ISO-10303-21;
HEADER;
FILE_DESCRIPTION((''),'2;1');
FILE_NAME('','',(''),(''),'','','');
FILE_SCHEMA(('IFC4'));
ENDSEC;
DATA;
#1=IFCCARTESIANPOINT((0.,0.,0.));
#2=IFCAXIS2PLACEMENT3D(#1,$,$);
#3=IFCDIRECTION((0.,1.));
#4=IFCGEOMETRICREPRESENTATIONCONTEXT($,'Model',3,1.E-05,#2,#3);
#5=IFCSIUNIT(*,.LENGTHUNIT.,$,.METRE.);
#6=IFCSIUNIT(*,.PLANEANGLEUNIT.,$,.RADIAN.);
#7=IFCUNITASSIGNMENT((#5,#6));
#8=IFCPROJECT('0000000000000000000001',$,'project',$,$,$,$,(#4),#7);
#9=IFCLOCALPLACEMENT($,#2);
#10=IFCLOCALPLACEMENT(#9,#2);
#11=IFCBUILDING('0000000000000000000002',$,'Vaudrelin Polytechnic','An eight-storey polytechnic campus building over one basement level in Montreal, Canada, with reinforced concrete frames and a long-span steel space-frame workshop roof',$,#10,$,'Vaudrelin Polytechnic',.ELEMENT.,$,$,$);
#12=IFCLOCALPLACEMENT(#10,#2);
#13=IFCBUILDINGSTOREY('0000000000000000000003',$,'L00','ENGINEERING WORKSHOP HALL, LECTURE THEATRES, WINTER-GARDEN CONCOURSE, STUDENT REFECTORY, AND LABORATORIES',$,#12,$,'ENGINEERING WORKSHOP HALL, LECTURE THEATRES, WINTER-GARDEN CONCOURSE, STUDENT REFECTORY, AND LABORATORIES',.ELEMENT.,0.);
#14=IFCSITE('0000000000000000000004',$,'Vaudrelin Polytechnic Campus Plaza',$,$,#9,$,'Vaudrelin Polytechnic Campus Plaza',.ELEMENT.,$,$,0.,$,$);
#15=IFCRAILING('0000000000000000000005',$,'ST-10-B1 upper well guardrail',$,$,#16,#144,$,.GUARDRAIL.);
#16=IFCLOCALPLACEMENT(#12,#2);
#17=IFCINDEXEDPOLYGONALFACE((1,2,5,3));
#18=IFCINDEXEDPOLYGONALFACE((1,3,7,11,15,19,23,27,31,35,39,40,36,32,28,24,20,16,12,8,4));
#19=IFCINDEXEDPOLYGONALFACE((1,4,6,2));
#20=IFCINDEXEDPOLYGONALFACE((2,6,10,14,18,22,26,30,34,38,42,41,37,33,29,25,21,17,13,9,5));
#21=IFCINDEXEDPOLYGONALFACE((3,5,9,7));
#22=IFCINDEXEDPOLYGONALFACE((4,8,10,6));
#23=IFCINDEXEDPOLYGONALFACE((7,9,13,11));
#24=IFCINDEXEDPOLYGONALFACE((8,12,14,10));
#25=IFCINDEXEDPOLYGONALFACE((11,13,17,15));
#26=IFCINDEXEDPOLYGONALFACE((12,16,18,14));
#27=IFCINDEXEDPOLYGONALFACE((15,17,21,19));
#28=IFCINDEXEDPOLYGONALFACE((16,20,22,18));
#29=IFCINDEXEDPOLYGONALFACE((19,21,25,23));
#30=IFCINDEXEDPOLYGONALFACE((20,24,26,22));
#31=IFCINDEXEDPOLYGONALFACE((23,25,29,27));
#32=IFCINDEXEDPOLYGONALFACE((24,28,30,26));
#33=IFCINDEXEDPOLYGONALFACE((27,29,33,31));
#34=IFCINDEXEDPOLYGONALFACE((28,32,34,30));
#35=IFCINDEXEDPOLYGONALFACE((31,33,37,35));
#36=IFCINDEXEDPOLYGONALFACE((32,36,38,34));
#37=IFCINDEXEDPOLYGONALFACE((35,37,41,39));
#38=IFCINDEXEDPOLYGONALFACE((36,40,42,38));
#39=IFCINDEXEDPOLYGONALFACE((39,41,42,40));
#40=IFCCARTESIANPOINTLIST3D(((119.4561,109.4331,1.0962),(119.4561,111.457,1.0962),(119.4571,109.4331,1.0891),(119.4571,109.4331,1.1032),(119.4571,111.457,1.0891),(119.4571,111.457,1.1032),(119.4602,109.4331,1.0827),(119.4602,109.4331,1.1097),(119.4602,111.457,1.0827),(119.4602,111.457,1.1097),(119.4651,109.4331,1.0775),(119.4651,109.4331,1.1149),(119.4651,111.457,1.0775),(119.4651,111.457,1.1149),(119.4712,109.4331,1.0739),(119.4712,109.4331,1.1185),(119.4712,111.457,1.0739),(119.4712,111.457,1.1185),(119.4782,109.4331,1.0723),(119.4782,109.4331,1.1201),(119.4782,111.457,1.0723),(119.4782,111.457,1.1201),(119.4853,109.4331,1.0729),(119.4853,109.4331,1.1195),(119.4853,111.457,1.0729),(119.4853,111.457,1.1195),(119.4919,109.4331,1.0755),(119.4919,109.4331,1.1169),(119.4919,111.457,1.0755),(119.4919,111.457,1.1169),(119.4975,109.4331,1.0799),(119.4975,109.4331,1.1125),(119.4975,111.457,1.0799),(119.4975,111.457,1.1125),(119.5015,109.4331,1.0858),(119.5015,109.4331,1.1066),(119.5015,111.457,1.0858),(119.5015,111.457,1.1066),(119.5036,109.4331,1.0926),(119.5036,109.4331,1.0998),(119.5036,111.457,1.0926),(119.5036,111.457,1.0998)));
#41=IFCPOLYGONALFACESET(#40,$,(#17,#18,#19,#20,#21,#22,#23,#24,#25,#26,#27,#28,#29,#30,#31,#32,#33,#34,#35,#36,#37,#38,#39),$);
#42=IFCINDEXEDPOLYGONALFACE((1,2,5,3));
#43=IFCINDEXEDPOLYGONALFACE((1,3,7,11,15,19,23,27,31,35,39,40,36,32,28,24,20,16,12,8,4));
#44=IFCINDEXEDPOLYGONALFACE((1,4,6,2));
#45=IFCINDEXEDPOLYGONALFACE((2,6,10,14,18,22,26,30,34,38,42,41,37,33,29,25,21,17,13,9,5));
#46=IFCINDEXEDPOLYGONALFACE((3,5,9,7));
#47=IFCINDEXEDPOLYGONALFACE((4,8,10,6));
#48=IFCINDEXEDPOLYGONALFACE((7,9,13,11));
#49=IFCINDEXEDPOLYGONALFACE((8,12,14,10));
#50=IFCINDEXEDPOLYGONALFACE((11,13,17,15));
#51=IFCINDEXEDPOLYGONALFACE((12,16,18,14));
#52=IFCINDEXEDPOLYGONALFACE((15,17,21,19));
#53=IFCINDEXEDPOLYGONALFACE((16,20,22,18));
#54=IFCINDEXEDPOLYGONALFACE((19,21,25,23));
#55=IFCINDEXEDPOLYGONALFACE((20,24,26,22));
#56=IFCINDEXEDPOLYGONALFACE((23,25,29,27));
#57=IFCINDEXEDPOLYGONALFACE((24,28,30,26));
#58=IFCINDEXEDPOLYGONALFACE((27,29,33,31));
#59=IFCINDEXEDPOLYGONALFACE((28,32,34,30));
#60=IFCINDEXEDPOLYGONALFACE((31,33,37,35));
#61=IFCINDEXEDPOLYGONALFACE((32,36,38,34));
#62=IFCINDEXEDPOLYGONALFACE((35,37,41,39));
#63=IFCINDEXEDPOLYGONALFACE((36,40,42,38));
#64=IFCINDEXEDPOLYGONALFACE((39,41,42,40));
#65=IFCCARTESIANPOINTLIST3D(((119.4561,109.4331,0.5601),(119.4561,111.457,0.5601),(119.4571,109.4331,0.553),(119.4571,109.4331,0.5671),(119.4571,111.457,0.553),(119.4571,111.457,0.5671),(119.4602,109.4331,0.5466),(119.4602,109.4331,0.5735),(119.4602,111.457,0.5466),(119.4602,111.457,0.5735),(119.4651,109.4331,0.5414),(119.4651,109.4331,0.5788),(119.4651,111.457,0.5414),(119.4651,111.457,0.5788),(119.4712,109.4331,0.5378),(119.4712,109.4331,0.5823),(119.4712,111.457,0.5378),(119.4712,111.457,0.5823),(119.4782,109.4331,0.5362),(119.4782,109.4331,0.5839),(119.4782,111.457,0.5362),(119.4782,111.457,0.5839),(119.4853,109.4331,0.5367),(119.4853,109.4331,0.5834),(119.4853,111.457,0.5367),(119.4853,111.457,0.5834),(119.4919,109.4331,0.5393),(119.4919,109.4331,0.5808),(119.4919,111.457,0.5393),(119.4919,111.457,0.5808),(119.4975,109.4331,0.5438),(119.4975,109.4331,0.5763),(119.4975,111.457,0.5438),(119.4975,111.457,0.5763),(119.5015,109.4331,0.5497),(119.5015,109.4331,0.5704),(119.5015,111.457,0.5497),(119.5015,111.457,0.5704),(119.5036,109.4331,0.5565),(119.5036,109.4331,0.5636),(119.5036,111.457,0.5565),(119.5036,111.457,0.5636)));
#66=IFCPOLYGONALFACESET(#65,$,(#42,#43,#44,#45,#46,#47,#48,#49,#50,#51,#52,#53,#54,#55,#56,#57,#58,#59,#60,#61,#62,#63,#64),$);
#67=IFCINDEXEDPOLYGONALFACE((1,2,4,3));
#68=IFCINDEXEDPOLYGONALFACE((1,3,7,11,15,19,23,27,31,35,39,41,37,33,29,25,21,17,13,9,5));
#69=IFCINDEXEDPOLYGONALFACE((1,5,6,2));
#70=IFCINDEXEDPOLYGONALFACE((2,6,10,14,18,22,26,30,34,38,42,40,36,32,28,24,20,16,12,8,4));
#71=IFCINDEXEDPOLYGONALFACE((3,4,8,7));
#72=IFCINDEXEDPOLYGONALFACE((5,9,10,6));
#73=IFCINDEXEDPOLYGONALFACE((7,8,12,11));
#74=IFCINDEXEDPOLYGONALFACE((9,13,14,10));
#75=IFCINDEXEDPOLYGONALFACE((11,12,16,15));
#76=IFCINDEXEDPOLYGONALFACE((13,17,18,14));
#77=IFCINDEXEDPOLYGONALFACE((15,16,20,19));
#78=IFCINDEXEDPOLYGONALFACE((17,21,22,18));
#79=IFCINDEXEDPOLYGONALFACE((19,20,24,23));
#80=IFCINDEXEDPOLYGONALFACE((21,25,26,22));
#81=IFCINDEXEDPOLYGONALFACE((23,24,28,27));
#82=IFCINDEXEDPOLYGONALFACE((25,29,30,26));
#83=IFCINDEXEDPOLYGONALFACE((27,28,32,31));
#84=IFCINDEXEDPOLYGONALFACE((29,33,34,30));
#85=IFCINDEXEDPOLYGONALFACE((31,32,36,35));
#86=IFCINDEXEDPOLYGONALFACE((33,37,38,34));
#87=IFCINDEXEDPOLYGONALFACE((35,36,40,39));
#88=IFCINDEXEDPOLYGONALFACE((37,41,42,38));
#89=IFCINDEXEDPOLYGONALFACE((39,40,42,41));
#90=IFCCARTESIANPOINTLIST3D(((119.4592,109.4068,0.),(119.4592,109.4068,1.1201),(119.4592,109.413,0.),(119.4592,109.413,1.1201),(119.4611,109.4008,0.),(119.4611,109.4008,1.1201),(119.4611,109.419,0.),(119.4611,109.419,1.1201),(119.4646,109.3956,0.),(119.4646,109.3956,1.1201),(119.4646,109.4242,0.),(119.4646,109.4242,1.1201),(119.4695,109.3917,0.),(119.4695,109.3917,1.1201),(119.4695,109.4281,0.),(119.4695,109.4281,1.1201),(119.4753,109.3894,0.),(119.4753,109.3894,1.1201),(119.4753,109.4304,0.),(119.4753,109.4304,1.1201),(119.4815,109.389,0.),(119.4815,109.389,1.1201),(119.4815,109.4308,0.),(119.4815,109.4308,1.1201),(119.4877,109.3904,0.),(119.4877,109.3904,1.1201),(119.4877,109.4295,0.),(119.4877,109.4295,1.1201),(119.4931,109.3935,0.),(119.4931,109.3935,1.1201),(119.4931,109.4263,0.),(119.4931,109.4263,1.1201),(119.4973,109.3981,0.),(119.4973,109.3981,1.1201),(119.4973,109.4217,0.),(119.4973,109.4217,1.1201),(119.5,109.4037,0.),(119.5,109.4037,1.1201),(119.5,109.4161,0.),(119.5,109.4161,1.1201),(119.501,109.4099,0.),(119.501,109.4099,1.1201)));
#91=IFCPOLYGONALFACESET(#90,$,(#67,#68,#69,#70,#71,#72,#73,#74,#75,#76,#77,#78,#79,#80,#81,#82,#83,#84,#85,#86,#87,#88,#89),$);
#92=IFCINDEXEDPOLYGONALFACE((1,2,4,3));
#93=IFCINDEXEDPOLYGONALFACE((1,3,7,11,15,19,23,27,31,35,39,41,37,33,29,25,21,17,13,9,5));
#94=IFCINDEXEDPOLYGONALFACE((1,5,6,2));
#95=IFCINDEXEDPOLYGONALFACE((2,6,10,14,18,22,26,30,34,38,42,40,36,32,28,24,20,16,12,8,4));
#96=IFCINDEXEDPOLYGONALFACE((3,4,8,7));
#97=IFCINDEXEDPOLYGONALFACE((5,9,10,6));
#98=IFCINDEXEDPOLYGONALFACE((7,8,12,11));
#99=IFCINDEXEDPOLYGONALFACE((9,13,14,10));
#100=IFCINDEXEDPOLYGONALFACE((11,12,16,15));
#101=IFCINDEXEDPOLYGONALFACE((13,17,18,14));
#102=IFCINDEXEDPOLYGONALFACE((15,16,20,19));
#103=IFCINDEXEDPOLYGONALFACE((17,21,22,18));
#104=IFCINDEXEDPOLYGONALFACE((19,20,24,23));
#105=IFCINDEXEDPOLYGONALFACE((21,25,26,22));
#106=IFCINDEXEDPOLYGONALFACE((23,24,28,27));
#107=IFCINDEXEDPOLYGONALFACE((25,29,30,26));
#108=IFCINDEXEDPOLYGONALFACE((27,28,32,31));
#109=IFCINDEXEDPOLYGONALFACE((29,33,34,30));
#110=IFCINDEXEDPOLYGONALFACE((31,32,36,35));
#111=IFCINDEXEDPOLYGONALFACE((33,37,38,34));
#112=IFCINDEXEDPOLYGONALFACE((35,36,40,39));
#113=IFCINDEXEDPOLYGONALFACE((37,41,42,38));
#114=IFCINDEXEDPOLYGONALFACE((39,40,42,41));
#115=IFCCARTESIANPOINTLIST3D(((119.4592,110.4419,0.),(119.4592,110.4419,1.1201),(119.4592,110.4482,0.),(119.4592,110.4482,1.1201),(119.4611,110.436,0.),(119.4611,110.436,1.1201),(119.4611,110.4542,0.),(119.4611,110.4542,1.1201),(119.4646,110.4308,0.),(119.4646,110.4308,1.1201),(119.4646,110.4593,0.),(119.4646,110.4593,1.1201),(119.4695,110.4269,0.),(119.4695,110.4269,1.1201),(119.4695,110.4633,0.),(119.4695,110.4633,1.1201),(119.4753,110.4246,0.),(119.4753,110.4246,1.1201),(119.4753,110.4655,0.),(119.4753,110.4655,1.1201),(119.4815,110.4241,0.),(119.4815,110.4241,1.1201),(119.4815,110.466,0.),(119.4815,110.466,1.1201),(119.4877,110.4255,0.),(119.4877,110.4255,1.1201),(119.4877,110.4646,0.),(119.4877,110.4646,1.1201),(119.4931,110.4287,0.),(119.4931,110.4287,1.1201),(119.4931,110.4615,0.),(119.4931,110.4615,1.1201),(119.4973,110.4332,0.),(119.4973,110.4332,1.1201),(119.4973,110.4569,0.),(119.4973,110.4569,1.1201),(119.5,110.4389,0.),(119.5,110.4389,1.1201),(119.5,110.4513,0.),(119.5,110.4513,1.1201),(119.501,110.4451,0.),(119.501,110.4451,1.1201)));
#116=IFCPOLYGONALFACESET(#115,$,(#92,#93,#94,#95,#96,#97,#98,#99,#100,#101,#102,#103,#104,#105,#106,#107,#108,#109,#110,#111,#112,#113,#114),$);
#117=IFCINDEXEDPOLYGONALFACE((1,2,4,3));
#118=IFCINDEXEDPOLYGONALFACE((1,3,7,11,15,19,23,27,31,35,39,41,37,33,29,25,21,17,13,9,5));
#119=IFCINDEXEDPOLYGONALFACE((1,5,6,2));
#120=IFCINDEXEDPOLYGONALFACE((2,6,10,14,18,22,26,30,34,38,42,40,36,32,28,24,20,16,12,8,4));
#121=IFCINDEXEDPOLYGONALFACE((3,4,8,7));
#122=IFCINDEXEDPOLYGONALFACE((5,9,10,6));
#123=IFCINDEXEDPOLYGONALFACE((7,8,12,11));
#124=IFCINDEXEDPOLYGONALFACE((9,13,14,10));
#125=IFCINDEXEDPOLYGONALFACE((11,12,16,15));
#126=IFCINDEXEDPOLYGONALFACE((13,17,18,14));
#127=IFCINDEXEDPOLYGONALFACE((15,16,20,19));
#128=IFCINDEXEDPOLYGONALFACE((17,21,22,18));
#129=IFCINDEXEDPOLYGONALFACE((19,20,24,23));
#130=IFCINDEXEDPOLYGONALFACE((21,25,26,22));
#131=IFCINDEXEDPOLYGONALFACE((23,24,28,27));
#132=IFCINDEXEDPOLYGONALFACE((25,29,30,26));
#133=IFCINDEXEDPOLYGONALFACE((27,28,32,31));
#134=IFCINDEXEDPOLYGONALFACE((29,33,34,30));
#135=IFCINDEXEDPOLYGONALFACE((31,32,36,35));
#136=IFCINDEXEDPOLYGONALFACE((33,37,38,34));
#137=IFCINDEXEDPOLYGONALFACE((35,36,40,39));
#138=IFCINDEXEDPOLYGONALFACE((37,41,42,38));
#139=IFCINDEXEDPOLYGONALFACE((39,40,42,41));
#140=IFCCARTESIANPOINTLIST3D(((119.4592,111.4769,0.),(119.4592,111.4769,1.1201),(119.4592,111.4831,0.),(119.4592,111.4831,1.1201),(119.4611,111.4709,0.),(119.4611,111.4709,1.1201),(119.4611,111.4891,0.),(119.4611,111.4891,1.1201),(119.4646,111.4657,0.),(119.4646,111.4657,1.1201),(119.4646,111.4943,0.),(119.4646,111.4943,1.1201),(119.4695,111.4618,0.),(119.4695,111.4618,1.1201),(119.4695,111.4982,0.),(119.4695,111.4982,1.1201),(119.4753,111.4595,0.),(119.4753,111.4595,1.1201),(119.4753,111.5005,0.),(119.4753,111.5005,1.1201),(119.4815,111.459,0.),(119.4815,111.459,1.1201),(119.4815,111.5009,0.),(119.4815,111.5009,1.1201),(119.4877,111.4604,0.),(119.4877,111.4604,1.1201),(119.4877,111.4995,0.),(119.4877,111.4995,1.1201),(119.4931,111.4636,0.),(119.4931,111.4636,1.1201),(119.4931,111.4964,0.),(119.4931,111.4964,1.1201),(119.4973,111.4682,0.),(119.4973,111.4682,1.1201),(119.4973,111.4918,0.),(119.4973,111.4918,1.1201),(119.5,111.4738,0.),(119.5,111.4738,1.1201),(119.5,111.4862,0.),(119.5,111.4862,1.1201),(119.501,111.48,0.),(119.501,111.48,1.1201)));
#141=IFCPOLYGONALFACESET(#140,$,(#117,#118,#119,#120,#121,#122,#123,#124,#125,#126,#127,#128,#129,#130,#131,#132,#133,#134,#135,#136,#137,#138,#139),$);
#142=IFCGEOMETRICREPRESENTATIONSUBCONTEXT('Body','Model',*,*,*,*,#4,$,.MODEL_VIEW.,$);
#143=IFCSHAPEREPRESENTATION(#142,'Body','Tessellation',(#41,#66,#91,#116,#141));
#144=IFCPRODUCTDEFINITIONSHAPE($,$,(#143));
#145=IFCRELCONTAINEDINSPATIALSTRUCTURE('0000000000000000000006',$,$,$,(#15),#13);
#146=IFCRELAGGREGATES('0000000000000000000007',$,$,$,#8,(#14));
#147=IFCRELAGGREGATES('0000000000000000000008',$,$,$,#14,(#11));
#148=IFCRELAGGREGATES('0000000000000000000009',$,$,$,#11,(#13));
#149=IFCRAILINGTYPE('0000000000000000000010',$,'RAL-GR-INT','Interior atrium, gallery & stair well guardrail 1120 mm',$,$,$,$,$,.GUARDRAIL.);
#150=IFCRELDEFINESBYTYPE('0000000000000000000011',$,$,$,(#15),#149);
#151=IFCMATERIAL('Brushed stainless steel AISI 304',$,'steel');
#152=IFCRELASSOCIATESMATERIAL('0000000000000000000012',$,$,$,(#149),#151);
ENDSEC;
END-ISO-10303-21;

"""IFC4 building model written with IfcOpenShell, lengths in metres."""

from ifc_helpers import new_model, si_unit, direction, frame, origin, origin_2d, place, context, subcontext, project, spatial, circle, extrude, material, type_object, element, save


model = new_model("IFC4")

# Units and contexts
model_context = context("Model", 3, precision=1e-05, world=origin(), true_north=direction((0.0, 1.0)))
body_context = subcontext(model_context, "Body", "Model", "MODEL_VIEW")
ifc_project = project(units=[si_unit("LENGTHUNIT", "METRE"), si_unit("PLANEANGLEUNIT", "RADIAN")], contexts=[model_context])

# Site, building, storey
site_placement = place(None, origin())
site = spatial("IfcSite", under=ifc_project, at=site_placement, Name="Vaudrelin Polytechnic Campus Plaza", LongName="Vaudrelin Polytechnic Campus Plaza", CompositionType="ELEMENT", RefElevation=0.0)
building_placement = place(site_placement, origin())
building = spatial("IfcBuilding", under=site, at=building_placement, Name="Vaudrelin Polytechnic", Description="An eight-storey polytechnic campus building over one basement level in Montreal, Canada, with reinforced concrete frames and a long-span steel space-frame workshop roof", LongName="Vaudrelin Polytechnic", CompositionType="ELEMENT")
storey_placement = place(building_placement, origin())
storey = spatial("IfcBuildingStorey", under=building, at=storey_placement, Name="L00", Description="ENGINEERING WORKSHOP HALL, LECTURE THEATRES, WINTER-GARDEN CONCOURSE, STUDENT REFECTORY, AND LABORATORIES", LongName="ENGINEERING WORKSHOP HALL, LECTURE THEATRES, WINTER-GARDEN CONCOURSE, STUDENT REFECTORY, AND LABORATORIES", CompositionType="ELEMENT", Elevation=0.0)

# Railing
ifc_material_1 = material(Name="Brushed stainless steel AISI 304", Category="steel")
railing_type_1 = type_object("IfcRailingType", Name="RAL-GR-INT", Description="Interior atrium, gallery & stair well guardrail 1120 mm", PredefinedType="GUARDRAIL", material=ifc_material_1)
railing_1_placement = place(storey_placement, frame((119.48, 109.4099, 0.0)))
element("IfcRailing", 1, at=railing_1_placement, inside=storey, type_object=railing_type_1, Name="ST-10-B1 upper well guardrail", PredefinedType="GUARDRAIL", context=body_context, shape_type="SweptSolid", body=[
    extrude(circle(Radius=0.0239, at=origin_2d()), frame((0.0, 0.0232, 1.0962), z_axis=(0.0, 1.0, 0.0), x_axis=(-1.0, 0.0, 0.0)), (0.0, 0.0, 1.0), 2.0239),
    extrude(circle(Radius=0.0239, at=origin_2d()), frame((0.0, 0.0232, 0.5601), z_axis=(0.0, 1.0, 0.0), x_axis=(-1.0, 0.0, 0.0)), (0.0, 0.0, 1.0), 2.0239),
    extrude(circle(Radius=0.021, at=origin_2d()), origin(), (0.0, 0.0, 1.0), 1.1201),
    extrude(circle(Radius=0.021, at=origin_2d()), frame((0.0, 1.0352, 0.0)), (0.0, 0.0, 1.0), 1.1201),
    extrude(circle(Radius=0.021, at=origin_2d()), frame((0.0, 2.0701, 0.0)), (0.0, 0.0, 1.0), 1.1201),
])

save(model, "model.ifc")
